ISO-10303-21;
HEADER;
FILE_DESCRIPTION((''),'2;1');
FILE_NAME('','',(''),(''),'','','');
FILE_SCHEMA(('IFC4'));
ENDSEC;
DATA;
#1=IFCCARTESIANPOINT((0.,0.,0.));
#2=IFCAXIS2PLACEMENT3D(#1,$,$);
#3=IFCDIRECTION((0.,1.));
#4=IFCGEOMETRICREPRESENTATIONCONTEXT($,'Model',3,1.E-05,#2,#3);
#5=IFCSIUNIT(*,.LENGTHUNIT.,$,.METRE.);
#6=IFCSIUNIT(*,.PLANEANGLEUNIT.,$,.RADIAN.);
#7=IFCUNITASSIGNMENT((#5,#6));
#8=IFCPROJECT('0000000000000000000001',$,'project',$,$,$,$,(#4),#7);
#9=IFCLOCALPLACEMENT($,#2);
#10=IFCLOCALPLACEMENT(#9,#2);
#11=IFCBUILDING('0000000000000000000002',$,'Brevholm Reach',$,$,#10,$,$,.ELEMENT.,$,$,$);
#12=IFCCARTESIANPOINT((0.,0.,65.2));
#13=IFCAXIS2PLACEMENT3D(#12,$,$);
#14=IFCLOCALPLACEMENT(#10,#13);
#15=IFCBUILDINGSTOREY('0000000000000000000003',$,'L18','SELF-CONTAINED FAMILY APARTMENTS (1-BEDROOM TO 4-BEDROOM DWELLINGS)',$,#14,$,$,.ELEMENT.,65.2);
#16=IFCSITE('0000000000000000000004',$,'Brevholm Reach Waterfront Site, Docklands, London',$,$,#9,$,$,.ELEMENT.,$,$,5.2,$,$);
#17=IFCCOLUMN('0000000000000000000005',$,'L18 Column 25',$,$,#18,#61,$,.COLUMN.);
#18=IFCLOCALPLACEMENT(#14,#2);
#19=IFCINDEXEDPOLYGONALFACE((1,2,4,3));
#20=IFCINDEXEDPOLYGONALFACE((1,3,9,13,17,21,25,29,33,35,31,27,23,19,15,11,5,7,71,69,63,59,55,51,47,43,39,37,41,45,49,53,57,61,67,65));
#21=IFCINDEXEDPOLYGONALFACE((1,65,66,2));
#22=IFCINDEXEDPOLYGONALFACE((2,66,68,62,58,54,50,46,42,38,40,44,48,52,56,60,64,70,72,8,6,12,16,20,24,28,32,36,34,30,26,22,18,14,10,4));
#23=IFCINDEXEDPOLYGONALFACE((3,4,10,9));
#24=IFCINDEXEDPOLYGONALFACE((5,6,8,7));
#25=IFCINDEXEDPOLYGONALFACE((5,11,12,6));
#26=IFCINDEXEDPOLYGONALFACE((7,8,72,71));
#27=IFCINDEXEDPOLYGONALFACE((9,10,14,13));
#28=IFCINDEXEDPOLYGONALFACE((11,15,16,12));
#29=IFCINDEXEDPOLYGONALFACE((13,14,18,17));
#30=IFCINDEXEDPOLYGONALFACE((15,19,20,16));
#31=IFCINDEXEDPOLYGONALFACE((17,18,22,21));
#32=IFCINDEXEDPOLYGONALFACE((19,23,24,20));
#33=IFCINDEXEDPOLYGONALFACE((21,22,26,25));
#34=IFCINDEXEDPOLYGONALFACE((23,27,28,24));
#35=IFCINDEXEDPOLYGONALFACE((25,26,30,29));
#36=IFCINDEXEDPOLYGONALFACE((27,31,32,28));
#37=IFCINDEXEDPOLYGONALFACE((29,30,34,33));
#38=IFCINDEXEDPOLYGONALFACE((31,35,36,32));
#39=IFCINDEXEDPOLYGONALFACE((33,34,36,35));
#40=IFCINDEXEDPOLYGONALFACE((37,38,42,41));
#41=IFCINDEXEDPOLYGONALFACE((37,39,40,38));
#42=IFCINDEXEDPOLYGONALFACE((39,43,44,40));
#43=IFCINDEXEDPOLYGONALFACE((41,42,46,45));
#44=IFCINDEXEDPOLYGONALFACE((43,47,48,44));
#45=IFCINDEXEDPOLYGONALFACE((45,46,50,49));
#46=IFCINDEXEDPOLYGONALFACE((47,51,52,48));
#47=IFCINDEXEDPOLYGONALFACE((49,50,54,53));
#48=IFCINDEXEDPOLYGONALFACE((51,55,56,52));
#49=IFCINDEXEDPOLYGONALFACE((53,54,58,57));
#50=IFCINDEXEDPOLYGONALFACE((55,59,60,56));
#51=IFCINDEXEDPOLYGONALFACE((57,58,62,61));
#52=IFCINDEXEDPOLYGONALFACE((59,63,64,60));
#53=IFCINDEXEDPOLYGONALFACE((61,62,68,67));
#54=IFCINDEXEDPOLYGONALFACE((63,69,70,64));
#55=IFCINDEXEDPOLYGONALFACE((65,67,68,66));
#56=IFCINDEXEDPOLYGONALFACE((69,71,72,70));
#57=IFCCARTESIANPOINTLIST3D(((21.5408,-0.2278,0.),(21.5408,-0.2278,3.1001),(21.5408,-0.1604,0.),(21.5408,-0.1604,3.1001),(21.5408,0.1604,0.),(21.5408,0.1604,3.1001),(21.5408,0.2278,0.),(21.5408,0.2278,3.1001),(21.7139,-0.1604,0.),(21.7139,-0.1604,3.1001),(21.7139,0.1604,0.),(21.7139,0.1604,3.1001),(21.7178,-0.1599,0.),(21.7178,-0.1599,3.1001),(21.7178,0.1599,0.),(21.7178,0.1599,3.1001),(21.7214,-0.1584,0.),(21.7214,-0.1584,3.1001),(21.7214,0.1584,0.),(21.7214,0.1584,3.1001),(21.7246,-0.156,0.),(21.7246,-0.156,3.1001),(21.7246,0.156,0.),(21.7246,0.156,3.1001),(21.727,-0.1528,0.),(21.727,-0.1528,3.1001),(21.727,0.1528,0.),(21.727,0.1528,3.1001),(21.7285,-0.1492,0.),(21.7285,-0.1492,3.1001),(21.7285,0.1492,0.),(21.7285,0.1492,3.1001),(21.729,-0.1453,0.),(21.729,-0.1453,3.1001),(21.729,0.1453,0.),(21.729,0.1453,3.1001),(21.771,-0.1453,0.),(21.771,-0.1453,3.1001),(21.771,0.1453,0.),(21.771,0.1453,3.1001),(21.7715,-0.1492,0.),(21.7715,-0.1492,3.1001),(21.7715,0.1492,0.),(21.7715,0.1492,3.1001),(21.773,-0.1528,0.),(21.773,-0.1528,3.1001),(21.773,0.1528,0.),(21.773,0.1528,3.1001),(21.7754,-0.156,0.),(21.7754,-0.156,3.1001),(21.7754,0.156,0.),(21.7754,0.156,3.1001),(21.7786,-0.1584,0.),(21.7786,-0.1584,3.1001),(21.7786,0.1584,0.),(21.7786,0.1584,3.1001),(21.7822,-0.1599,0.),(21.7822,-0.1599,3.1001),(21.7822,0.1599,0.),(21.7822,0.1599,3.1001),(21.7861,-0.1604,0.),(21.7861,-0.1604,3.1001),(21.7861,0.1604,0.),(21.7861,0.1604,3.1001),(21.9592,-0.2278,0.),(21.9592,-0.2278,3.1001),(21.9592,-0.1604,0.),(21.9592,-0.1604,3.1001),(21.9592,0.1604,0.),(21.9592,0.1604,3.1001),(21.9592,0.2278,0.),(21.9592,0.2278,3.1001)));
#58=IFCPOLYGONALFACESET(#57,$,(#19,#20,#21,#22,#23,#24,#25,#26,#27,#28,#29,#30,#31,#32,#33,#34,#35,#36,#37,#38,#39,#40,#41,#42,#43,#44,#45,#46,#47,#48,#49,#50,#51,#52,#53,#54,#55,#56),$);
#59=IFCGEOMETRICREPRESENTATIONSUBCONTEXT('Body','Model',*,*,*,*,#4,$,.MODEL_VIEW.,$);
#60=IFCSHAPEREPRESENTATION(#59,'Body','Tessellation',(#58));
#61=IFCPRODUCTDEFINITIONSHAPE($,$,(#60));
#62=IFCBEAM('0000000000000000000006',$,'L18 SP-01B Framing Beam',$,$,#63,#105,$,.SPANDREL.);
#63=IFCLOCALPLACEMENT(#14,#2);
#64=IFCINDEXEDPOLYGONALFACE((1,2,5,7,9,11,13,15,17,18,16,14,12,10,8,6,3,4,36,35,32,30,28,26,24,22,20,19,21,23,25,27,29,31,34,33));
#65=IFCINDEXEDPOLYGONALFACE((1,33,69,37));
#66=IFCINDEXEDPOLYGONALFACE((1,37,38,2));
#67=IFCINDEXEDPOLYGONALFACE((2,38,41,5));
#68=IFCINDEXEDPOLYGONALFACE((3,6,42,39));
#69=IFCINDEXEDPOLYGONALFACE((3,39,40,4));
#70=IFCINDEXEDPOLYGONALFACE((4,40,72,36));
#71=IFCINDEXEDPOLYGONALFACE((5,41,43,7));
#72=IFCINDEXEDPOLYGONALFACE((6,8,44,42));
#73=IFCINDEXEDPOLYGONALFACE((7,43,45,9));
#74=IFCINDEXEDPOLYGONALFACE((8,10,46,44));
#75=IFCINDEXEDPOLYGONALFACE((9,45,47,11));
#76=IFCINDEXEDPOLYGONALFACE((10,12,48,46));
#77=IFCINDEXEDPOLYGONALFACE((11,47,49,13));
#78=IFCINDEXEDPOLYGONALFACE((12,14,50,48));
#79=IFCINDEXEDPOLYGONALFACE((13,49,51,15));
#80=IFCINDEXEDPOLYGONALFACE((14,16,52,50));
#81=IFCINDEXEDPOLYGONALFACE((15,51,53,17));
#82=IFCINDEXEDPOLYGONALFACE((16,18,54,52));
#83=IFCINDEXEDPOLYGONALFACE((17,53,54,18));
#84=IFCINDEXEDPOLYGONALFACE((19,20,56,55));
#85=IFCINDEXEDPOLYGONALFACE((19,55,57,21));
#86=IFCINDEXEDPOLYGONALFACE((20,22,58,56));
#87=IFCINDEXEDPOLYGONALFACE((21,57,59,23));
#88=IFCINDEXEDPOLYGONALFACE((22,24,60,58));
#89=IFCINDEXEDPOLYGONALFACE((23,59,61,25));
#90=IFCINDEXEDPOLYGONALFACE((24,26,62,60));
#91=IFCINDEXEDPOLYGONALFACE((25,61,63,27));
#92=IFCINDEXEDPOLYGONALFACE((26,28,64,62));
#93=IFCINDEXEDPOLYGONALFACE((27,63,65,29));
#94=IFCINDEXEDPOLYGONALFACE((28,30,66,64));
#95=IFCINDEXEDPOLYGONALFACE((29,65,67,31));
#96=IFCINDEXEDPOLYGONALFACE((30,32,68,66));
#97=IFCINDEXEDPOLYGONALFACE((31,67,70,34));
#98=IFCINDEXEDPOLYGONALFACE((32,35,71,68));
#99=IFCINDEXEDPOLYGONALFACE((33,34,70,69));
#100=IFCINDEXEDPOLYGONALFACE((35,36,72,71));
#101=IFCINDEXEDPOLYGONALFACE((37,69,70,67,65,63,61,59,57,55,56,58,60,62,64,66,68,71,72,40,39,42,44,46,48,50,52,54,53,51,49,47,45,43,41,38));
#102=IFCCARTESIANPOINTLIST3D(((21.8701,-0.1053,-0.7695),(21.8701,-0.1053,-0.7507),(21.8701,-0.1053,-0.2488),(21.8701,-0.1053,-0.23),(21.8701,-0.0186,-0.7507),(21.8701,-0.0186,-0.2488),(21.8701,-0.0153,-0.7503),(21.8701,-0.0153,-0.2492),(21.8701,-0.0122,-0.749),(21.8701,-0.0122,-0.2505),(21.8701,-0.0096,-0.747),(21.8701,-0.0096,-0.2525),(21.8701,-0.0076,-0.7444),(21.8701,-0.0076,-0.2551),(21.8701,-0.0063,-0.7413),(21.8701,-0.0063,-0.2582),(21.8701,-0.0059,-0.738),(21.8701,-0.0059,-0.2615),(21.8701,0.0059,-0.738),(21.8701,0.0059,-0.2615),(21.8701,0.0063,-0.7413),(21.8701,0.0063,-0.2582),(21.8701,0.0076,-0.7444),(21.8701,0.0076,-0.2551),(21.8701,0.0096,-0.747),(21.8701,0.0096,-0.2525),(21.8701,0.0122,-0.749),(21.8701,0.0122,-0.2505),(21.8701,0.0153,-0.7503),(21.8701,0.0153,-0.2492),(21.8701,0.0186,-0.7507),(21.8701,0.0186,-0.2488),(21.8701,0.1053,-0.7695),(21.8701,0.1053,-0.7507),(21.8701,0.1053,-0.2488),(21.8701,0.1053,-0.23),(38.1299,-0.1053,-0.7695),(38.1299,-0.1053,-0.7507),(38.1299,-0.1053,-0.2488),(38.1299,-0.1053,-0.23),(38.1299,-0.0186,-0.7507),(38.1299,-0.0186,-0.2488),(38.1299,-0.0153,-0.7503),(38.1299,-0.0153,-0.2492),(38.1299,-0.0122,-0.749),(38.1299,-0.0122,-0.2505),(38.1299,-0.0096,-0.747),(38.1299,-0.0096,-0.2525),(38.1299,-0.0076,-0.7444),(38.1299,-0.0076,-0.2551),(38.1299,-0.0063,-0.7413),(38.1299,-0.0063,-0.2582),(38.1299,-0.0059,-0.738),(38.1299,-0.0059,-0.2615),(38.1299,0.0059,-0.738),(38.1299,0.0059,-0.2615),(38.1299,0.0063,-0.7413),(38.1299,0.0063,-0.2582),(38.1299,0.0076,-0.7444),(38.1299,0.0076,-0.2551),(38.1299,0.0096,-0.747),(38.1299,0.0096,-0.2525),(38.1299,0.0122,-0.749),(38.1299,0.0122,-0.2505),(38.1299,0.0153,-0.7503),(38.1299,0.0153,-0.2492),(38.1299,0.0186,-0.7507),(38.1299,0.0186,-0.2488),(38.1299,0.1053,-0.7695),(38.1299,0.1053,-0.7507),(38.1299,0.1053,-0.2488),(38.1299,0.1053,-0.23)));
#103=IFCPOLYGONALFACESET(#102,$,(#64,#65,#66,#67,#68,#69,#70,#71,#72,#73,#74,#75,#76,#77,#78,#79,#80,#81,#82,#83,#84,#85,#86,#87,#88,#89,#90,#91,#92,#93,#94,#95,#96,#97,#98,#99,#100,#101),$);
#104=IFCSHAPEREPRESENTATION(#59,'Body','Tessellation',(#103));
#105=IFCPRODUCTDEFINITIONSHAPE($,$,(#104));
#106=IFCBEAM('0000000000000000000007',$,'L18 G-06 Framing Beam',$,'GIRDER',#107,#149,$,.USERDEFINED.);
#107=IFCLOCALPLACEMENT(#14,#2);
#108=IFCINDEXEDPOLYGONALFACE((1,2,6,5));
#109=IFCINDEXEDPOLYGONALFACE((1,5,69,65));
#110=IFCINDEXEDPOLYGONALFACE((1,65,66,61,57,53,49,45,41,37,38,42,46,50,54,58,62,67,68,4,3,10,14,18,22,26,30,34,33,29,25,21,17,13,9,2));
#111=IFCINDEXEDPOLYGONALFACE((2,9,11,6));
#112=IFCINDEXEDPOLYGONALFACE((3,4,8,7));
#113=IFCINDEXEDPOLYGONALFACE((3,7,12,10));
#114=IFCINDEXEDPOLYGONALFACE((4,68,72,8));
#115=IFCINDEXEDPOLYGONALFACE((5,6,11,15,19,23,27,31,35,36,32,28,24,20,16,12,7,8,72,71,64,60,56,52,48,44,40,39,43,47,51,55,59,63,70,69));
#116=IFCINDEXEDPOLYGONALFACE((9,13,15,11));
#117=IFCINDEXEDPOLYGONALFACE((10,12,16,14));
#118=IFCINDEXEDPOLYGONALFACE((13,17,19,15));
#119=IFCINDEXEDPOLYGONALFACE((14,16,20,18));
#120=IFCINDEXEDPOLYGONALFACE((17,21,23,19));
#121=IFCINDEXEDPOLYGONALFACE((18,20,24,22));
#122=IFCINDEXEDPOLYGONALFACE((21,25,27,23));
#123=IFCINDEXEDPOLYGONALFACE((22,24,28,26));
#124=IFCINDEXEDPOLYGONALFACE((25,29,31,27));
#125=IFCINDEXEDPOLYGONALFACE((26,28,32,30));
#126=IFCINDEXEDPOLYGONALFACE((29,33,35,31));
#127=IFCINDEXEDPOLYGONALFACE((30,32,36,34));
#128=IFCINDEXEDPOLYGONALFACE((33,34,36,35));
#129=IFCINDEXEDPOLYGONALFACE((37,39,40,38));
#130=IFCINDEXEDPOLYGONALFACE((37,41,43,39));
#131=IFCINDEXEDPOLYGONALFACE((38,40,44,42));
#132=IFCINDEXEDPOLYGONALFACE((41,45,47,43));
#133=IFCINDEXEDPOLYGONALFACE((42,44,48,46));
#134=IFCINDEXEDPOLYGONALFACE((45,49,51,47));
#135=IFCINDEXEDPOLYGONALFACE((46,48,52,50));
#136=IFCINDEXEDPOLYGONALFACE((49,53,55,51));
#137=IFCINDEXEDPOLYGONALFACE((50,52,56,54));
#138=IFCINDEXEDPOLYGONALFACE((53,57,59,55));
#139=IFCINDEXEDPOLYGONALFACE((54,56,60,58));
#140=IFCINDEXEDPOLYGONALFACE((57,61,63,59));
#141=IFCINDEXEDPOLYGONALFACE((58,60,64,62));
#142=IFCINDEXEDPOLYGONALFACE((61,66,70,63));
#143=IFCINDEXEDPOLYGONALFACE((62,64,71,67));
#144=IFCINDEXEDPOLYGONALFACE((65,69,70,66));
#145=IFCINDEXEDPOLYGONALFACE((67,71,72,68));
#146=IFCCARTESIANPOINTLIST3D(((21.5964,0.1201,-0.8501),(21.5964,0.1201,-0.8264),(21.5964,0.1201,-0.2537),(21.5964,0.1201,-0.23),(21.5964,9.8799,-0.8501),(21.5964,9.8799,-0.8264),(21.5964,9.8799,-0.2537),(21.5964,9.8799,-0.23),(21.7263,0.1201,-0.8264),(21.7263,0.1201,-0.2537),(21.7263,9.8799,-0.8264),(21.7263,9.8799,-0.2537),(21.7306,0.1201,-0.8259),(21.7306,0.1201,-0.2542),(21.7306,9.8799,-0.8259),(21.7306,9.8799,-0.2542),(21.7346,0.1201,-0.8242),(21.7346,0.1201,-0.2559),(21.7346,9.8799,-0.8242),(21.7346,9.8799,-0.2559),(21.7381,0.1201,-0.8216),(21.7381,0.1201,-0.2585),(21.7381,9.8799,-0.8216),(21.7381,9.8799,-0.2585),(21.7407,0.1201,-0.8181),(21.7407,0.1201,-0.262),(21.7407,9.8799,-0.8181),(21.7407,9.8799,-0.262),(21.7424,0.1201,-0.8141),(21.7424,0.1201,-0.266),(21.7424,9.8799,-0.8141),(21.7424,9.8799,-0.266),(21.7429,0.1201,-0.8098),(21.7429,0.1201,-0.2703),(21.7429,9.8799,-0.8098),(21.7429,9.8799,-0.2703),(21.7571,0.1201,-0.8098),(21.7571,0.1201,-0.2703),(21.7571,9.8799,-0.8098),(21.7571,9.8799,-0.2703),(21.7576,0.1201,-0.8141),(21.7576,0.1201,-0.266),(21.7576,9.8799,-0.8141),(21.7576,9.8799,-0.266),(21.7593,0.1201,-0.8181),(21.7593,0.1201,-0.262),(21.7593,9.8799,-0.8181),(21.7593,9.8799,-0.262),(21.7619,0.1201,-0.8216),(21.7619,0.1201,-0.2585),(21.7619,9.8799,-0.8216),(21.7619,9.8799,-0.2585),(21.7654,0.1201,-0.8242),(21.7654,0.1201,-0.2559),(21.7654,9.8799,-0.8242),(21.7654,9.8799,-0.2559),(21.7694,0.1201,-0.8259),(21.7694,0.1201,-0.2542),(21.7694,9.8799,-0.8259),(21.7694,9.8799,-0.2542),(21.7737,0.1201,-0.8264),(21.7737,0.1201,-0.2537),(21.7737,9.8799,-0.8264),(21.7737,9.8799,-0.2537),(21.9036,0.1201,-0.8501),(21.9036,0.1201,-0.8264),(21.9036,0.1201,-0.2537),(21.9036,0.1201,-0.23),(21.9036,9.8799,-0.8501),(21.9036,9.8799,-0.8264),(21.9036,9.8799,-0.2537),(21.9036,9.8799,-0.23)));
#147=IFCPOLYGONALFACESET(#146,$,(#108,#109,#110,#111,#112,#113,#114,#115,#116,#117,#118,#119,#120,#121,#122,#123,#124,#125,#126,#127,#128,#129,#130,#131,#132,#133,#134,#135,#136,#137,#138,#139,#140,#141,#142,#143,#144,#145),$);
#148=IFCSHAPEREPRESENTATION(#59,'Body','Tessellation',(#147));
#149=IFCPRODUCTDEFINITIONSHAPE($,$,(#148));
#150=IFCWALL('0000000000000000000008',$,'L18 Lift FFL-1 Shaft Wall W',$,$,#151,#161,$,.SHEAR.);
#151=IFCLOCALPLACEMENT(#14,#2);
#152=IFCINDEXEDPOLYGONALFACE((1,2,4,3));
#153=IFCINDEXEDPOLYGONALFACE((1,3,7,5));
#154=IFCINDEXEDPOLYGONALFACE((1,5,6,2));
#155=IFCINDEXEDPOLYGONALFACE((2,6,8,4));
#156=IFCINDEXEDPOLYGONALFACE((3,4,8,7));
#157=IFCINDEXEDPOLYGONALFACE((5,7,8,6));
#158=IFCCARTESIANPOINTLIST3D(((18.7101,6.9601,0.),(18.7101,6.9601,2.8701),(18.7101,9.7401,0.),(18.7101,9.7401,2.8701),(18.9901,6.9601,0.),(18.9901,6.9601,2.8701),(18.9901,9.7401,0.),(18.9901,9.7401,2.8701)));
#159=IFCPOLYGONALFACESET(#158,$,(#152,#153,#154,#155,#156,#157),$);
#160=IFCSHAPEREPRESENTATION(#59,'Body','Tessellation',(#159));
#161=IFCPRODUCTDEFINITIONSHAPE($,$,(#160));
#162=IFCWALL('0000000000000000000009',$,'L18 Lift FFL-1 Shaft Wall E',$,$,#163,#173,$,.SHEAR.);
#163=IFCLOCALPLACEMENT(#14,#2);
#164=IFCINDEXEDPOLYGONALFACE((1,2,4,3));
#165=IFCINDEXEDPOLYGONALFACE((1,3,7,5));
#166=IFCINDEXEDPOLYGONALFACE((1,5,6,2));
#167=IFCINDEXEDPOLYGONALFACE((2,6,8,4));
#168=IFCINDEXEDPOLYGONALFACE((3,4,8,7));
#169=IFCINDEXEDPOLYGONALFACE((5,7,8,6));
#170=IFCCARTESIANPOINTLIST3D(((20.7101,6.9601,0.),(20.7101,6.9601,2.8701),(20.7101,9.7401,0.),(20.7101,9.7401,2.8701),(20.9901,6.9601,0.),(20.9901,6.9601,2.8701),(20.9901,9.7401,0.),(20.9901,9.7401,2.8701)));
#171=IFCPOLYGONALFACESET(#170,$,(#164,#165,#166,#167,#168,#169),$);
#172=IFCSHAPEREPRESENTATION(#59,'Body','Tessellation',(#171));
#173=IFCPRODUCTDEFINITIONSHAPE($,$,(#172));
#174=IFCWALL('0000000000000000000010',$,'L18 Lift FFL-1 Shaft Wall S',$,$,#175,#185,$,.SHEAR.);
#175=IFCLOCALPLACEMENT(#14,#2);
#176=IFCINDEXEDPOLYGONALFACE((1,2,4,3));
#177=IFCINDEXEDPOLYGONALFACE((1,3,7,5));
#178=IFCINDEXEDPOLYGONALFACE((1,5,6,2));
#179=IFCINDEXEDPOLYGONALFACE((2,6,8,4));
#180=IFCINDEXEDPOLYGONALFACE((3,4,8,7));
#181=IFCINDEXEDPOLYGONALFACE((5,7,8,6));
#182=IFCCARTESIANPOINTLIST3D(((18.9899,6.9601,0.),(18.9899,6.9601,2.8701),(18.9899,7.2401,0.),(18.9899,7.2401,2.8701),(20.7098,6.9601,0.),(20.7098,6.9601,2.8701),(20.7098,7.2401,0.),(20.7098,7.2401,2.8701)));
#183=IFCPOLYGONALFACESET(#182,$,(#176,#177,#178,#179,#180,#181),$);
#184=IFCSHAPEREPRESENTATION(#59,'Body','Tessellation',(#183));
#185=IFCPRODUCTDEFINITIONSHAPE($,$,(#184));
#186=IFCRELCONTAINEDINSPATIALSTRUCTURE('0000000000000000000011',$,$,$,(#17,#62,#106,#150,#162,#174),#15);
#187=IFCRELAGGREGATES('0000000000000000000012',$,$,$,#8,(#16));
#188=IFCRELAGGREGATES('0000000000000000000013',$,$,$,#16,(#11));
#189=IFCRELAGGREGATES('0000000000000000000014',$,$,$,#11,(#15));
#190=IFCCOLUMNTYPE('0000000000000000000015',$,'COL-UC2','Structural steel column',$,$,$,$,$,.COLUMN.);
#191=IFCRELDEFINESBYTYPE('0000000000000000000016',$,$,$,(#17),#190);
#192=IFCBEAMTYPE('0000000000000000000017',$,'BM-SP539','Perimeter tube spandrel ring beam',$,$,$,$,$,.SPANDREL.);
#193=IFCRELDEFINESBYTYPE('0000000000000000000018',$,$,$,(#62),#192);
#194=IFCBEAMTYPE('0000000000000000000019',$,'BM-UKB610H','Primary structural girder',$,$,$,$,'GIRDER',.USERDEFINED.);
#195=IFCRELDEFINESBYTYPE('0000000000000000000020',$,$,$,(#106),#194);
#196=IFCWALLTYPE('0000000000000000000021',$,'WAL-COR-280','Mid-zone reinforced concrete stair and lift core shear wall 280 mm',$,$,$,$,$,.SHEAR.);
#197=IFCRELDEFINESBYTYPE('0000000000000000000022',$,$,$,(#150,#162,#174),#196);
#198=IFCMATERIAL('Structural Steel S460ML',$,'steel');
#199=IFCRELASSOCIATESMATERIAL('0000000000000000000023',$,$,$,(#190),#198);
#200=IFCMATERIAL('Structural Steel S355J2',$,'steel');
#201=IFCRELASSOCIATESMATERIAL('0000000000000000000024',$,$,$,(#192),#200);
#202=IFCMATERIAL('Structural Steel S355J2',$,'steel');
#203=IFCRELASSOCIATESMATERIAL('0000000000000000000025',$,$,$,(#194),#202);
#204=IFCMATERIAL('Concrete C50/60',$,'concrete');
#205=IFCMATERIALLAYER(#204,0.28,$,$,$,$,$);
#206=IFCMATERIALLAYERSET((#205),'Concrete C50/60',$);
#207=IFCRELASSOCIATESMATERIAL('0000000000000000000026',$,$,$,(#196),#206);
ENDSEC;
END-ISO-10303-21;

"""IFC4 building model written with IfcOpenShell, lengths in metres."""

from ifc_helpers import new_model, si_unit, direction, frame, frame_2d, origin, origin_2d, place, context, subcontext, project, spatial, rectangle, i_section, extrude, material, layer, layer_set, material_profile, profile_set, type_object, element, save


model = new_model("IFC4")

# Units and contexts
model_context = context("Model", 3, precision=1e-05, world=origin(), true_north=direction((0.0, 1.0)))
body_context = subcontext(model_context, "Body", "Model", "MODEL_VIEW")
ifc_project = project(units=[si_unit("LENGTHUNIT", "METRE"), si_unit("PLANEANGLEUNIT", "RADIAN")], contexts=[model_context])

# Site, building, storey
site_placement = place(None, origin())
site = spatial("IfcSite", under=ifc_project, at=site_placement, Name="Brevholm Reach Waterfront Site, Docklands, London", CompositionType="ELEMENT", RefElevation=5.2)
building_placement = place(site_placement, origin())
building = spatial("IfcBuilding", under=site, at=building_placement, Name="Brevholm Reach", CompositionType="ELEMENT")
storey_placement = place(building_placement, frame((0.0, 0.0, 65.2)))
storey = spatial("IfcBuildingStorey", under=building, at=storey_placement, Name="L18", Description="SELF-CONTAINED FAMILY APARTMENTS (1-BEDROOM TO 4-BEDROOM DWELLINGS)", CompositionType="ELEMENT", Elevation=65.2)

# Column
ifc_material_1 = material(Name="Structural Steel S460ML", Category="steel")
ifc_material_profile_1 = material_profile(ifc_material_1, i_section(OverallWidth=0.4185, OverallDepth=0.4556, WebThickness=0.042, FlangeThickness=0.0674, FilletRadius=0.0151, at=origin_2d()), Name="UKC 356x406x551")
ifc_profile_set_1 = profile_set([ifc_material_profile_1], Name="Structural Steel S460ML")
column_type = type_object("IfcColumnType", Name="COL-UC2", Description="Structural steel column", PredefinedType="COLUMN", material=ifc_profile_set_1)
column_placement = place(storey_placement, frame((21.75, 0.0, 0.0), z_axis=(0.0, 0.0, 1.0), x_axis=(1.0, 0.0, 0.0)))
element("IfcColumn", 1, at=column_placement, inside=storey, type_object=column_type, Name="L18 Column 25", PredefinedType="COLUMN", context=body_context, shape_type="SweptSolid", body=[
    extrude(i_section(OverallWidth=0.4185, OverallDepth=0.4556, WebThickness=0.042, FlangeThickness=0.0674, FilletRadius=0.0151, at=origin_2d()), origin(), (0.0, 0.0, 1.0), 3.1001),
])

# Beams
ifc_material_2 = material(Name="Structural Steel S355J2", Category="steel")
ifc_material_profile_2 = material_profile(ifc_material_2, i_section(OverallWidth=0.2107, OverallDepth=0.5396, WebThickness=0.0117, FlangeThickness=0.0188, FilletRadius=0.0127, at=origin_2d()), Name="UKB 533x210x109")
ifc_profile_set_2 = profile_set([ifc_material_profile_2], Name="Structural Steel S355J2")
beam_type_1 = type_object("IfcBeamType", Name="BM-SP539", Description="Perimeter tube spandrel ring beam", PredefinedType="SPANDREL", material=ifc_profile_set_2)
beam_1_placement = place(storey_placement, frame((21.8701, 0.0, -0.4998), z_axis=(1.0, 0.0, 0.0), x_axis=(0.0, 1.0, 0.0)))
element("IfcBeam", 2, at=beam_1_placement, inside=storey, type_object=beam_type_1, Name="L18 SP-01B Framing Beam", PredefinedType="SPANDREL", context=body_context, shape_type="SweptSolid", body=[
    extrude(i_section(OverallWidth=0.2107, OverallDepth=0.5396, WebThickness=0.0117, FlangeThickness=0.0188, FilletRadius=0.0127, at=origin_2d()), origin(), (0.0, 0.0, 1.0), 16.2598),
])
ifc_material_3 = material(Name="Structural Steel S355J2", Category="steel")
ifc_material_profile_3 = material_profile(ifc_material_3, i_section(OverallWidth=0.3071, OverallDepth=0.6201, WebThickness=0.0142, FlangeThickness=0.0237, FilletRadius=0.0166, at=origin_2d()), Name="UKB 610x305x179")
ifc_profile_set_3 = profile_set([ifc_material_profile_3], Name="Structural Steel S355J2")
beam_type_2 = type_object("IfcBeamType", Name="BM-UKB610H", Description="Primary structural girder", ElementType="GIRDER", PredefinedType="USERDEFINED", material=ifc_profile_set_3)
beam_2_placement = place(storey_placement, frame((21.75, 0.1201, -0.54), z_axis=(0.0, 1.0, 0.0), x_axis=(-1.0, 0.0, 0.0)))
element("IfcBeam", 3, at=beam_2_placement, inside=storey, type_object=beam_type_2, Name="L18 G-06 Framing Beam", ObjectType="GIRDER", PredefinedType="USERDEFINED", context=body_context, shape_type="SweptSolid", body=[
    extrude(i_section(OverallWidth=0.3071, OverallDepth=0.6201, WebThickness=0.0142, FlangeThickness=0.0237, FilletRadius=0.0166, at=origin_2d()), origin(), (0.0, 0.0, 1.0), 9.7598),
])

# Walls
ifc_material_4 = material(Name="Concrete C50/60", Category="concrete")
ifc_layer_1 = layer(ifc_material_4, 0.28)
ifc_layer_set_1 = layer_set([ifc_layer_1], Name="Concrete C50/60")
wall_type_1 = type_object("IfcWallType", Name="WAL-COR-280", Description="Mid-zone reinforced concrete stair and lift core shear wall 280 mm", PredefinedType="SHEAR", material=ifc_layer_set_1)
for number, where, z_axis, x_axis, name in (
    (4, (18.8501, 6.96, 0.0), (0.0, 0.0, 1.0), (0.0, 1.0, 0.0), "L18 Lift FFL-1 Shaft Wall W"),
    (5, (20.8501, 6.96, 0.0), (0.0, 0.0, 1.0), (0.0, 1.0, 0.0), "L18 Lift FFL-1 Shaft Wall E"),
):
    element("IfcWall", number, at=place(storey_placement, frame(where, z_axis=z_axis, x_axis=x_axis)), inside=storey, type_object=wall_type_1, Name=name, PredefinedType="SHEAR", context=body_context, shape_type="SweptSolid", body=[
        extrude(rectangle(XDim=2.78, YDim=0.28, at=frame_2d((1.3901, 0.0))), origin(), (0.0, 0.0, 1.0), 2.8701),
    ])
wall_1_placement = place(storey_placement, frame((18.99, 7.1001, 0.0), z_axis=(0.0, 0.0, 1.0), x_axis=(1.0, 0.0, 0.0)))
element("IfcWall", 6, at=wall_1_placement, inside=storey, type_object=wall_type_1, Name="L18 Lift FFL-1 Shaft Wall S", PredefinedType="SHEAR", context=body_context, shape_type="SweptSolid", body=[
    extrude(rectangle(XDim=1.72, YDim=0.28, at=frame_2d((0.8599, 0.0))), origin(), (0.0, 0.0, 1.0), 2.8701),
])

save(model, "model.ifc")
